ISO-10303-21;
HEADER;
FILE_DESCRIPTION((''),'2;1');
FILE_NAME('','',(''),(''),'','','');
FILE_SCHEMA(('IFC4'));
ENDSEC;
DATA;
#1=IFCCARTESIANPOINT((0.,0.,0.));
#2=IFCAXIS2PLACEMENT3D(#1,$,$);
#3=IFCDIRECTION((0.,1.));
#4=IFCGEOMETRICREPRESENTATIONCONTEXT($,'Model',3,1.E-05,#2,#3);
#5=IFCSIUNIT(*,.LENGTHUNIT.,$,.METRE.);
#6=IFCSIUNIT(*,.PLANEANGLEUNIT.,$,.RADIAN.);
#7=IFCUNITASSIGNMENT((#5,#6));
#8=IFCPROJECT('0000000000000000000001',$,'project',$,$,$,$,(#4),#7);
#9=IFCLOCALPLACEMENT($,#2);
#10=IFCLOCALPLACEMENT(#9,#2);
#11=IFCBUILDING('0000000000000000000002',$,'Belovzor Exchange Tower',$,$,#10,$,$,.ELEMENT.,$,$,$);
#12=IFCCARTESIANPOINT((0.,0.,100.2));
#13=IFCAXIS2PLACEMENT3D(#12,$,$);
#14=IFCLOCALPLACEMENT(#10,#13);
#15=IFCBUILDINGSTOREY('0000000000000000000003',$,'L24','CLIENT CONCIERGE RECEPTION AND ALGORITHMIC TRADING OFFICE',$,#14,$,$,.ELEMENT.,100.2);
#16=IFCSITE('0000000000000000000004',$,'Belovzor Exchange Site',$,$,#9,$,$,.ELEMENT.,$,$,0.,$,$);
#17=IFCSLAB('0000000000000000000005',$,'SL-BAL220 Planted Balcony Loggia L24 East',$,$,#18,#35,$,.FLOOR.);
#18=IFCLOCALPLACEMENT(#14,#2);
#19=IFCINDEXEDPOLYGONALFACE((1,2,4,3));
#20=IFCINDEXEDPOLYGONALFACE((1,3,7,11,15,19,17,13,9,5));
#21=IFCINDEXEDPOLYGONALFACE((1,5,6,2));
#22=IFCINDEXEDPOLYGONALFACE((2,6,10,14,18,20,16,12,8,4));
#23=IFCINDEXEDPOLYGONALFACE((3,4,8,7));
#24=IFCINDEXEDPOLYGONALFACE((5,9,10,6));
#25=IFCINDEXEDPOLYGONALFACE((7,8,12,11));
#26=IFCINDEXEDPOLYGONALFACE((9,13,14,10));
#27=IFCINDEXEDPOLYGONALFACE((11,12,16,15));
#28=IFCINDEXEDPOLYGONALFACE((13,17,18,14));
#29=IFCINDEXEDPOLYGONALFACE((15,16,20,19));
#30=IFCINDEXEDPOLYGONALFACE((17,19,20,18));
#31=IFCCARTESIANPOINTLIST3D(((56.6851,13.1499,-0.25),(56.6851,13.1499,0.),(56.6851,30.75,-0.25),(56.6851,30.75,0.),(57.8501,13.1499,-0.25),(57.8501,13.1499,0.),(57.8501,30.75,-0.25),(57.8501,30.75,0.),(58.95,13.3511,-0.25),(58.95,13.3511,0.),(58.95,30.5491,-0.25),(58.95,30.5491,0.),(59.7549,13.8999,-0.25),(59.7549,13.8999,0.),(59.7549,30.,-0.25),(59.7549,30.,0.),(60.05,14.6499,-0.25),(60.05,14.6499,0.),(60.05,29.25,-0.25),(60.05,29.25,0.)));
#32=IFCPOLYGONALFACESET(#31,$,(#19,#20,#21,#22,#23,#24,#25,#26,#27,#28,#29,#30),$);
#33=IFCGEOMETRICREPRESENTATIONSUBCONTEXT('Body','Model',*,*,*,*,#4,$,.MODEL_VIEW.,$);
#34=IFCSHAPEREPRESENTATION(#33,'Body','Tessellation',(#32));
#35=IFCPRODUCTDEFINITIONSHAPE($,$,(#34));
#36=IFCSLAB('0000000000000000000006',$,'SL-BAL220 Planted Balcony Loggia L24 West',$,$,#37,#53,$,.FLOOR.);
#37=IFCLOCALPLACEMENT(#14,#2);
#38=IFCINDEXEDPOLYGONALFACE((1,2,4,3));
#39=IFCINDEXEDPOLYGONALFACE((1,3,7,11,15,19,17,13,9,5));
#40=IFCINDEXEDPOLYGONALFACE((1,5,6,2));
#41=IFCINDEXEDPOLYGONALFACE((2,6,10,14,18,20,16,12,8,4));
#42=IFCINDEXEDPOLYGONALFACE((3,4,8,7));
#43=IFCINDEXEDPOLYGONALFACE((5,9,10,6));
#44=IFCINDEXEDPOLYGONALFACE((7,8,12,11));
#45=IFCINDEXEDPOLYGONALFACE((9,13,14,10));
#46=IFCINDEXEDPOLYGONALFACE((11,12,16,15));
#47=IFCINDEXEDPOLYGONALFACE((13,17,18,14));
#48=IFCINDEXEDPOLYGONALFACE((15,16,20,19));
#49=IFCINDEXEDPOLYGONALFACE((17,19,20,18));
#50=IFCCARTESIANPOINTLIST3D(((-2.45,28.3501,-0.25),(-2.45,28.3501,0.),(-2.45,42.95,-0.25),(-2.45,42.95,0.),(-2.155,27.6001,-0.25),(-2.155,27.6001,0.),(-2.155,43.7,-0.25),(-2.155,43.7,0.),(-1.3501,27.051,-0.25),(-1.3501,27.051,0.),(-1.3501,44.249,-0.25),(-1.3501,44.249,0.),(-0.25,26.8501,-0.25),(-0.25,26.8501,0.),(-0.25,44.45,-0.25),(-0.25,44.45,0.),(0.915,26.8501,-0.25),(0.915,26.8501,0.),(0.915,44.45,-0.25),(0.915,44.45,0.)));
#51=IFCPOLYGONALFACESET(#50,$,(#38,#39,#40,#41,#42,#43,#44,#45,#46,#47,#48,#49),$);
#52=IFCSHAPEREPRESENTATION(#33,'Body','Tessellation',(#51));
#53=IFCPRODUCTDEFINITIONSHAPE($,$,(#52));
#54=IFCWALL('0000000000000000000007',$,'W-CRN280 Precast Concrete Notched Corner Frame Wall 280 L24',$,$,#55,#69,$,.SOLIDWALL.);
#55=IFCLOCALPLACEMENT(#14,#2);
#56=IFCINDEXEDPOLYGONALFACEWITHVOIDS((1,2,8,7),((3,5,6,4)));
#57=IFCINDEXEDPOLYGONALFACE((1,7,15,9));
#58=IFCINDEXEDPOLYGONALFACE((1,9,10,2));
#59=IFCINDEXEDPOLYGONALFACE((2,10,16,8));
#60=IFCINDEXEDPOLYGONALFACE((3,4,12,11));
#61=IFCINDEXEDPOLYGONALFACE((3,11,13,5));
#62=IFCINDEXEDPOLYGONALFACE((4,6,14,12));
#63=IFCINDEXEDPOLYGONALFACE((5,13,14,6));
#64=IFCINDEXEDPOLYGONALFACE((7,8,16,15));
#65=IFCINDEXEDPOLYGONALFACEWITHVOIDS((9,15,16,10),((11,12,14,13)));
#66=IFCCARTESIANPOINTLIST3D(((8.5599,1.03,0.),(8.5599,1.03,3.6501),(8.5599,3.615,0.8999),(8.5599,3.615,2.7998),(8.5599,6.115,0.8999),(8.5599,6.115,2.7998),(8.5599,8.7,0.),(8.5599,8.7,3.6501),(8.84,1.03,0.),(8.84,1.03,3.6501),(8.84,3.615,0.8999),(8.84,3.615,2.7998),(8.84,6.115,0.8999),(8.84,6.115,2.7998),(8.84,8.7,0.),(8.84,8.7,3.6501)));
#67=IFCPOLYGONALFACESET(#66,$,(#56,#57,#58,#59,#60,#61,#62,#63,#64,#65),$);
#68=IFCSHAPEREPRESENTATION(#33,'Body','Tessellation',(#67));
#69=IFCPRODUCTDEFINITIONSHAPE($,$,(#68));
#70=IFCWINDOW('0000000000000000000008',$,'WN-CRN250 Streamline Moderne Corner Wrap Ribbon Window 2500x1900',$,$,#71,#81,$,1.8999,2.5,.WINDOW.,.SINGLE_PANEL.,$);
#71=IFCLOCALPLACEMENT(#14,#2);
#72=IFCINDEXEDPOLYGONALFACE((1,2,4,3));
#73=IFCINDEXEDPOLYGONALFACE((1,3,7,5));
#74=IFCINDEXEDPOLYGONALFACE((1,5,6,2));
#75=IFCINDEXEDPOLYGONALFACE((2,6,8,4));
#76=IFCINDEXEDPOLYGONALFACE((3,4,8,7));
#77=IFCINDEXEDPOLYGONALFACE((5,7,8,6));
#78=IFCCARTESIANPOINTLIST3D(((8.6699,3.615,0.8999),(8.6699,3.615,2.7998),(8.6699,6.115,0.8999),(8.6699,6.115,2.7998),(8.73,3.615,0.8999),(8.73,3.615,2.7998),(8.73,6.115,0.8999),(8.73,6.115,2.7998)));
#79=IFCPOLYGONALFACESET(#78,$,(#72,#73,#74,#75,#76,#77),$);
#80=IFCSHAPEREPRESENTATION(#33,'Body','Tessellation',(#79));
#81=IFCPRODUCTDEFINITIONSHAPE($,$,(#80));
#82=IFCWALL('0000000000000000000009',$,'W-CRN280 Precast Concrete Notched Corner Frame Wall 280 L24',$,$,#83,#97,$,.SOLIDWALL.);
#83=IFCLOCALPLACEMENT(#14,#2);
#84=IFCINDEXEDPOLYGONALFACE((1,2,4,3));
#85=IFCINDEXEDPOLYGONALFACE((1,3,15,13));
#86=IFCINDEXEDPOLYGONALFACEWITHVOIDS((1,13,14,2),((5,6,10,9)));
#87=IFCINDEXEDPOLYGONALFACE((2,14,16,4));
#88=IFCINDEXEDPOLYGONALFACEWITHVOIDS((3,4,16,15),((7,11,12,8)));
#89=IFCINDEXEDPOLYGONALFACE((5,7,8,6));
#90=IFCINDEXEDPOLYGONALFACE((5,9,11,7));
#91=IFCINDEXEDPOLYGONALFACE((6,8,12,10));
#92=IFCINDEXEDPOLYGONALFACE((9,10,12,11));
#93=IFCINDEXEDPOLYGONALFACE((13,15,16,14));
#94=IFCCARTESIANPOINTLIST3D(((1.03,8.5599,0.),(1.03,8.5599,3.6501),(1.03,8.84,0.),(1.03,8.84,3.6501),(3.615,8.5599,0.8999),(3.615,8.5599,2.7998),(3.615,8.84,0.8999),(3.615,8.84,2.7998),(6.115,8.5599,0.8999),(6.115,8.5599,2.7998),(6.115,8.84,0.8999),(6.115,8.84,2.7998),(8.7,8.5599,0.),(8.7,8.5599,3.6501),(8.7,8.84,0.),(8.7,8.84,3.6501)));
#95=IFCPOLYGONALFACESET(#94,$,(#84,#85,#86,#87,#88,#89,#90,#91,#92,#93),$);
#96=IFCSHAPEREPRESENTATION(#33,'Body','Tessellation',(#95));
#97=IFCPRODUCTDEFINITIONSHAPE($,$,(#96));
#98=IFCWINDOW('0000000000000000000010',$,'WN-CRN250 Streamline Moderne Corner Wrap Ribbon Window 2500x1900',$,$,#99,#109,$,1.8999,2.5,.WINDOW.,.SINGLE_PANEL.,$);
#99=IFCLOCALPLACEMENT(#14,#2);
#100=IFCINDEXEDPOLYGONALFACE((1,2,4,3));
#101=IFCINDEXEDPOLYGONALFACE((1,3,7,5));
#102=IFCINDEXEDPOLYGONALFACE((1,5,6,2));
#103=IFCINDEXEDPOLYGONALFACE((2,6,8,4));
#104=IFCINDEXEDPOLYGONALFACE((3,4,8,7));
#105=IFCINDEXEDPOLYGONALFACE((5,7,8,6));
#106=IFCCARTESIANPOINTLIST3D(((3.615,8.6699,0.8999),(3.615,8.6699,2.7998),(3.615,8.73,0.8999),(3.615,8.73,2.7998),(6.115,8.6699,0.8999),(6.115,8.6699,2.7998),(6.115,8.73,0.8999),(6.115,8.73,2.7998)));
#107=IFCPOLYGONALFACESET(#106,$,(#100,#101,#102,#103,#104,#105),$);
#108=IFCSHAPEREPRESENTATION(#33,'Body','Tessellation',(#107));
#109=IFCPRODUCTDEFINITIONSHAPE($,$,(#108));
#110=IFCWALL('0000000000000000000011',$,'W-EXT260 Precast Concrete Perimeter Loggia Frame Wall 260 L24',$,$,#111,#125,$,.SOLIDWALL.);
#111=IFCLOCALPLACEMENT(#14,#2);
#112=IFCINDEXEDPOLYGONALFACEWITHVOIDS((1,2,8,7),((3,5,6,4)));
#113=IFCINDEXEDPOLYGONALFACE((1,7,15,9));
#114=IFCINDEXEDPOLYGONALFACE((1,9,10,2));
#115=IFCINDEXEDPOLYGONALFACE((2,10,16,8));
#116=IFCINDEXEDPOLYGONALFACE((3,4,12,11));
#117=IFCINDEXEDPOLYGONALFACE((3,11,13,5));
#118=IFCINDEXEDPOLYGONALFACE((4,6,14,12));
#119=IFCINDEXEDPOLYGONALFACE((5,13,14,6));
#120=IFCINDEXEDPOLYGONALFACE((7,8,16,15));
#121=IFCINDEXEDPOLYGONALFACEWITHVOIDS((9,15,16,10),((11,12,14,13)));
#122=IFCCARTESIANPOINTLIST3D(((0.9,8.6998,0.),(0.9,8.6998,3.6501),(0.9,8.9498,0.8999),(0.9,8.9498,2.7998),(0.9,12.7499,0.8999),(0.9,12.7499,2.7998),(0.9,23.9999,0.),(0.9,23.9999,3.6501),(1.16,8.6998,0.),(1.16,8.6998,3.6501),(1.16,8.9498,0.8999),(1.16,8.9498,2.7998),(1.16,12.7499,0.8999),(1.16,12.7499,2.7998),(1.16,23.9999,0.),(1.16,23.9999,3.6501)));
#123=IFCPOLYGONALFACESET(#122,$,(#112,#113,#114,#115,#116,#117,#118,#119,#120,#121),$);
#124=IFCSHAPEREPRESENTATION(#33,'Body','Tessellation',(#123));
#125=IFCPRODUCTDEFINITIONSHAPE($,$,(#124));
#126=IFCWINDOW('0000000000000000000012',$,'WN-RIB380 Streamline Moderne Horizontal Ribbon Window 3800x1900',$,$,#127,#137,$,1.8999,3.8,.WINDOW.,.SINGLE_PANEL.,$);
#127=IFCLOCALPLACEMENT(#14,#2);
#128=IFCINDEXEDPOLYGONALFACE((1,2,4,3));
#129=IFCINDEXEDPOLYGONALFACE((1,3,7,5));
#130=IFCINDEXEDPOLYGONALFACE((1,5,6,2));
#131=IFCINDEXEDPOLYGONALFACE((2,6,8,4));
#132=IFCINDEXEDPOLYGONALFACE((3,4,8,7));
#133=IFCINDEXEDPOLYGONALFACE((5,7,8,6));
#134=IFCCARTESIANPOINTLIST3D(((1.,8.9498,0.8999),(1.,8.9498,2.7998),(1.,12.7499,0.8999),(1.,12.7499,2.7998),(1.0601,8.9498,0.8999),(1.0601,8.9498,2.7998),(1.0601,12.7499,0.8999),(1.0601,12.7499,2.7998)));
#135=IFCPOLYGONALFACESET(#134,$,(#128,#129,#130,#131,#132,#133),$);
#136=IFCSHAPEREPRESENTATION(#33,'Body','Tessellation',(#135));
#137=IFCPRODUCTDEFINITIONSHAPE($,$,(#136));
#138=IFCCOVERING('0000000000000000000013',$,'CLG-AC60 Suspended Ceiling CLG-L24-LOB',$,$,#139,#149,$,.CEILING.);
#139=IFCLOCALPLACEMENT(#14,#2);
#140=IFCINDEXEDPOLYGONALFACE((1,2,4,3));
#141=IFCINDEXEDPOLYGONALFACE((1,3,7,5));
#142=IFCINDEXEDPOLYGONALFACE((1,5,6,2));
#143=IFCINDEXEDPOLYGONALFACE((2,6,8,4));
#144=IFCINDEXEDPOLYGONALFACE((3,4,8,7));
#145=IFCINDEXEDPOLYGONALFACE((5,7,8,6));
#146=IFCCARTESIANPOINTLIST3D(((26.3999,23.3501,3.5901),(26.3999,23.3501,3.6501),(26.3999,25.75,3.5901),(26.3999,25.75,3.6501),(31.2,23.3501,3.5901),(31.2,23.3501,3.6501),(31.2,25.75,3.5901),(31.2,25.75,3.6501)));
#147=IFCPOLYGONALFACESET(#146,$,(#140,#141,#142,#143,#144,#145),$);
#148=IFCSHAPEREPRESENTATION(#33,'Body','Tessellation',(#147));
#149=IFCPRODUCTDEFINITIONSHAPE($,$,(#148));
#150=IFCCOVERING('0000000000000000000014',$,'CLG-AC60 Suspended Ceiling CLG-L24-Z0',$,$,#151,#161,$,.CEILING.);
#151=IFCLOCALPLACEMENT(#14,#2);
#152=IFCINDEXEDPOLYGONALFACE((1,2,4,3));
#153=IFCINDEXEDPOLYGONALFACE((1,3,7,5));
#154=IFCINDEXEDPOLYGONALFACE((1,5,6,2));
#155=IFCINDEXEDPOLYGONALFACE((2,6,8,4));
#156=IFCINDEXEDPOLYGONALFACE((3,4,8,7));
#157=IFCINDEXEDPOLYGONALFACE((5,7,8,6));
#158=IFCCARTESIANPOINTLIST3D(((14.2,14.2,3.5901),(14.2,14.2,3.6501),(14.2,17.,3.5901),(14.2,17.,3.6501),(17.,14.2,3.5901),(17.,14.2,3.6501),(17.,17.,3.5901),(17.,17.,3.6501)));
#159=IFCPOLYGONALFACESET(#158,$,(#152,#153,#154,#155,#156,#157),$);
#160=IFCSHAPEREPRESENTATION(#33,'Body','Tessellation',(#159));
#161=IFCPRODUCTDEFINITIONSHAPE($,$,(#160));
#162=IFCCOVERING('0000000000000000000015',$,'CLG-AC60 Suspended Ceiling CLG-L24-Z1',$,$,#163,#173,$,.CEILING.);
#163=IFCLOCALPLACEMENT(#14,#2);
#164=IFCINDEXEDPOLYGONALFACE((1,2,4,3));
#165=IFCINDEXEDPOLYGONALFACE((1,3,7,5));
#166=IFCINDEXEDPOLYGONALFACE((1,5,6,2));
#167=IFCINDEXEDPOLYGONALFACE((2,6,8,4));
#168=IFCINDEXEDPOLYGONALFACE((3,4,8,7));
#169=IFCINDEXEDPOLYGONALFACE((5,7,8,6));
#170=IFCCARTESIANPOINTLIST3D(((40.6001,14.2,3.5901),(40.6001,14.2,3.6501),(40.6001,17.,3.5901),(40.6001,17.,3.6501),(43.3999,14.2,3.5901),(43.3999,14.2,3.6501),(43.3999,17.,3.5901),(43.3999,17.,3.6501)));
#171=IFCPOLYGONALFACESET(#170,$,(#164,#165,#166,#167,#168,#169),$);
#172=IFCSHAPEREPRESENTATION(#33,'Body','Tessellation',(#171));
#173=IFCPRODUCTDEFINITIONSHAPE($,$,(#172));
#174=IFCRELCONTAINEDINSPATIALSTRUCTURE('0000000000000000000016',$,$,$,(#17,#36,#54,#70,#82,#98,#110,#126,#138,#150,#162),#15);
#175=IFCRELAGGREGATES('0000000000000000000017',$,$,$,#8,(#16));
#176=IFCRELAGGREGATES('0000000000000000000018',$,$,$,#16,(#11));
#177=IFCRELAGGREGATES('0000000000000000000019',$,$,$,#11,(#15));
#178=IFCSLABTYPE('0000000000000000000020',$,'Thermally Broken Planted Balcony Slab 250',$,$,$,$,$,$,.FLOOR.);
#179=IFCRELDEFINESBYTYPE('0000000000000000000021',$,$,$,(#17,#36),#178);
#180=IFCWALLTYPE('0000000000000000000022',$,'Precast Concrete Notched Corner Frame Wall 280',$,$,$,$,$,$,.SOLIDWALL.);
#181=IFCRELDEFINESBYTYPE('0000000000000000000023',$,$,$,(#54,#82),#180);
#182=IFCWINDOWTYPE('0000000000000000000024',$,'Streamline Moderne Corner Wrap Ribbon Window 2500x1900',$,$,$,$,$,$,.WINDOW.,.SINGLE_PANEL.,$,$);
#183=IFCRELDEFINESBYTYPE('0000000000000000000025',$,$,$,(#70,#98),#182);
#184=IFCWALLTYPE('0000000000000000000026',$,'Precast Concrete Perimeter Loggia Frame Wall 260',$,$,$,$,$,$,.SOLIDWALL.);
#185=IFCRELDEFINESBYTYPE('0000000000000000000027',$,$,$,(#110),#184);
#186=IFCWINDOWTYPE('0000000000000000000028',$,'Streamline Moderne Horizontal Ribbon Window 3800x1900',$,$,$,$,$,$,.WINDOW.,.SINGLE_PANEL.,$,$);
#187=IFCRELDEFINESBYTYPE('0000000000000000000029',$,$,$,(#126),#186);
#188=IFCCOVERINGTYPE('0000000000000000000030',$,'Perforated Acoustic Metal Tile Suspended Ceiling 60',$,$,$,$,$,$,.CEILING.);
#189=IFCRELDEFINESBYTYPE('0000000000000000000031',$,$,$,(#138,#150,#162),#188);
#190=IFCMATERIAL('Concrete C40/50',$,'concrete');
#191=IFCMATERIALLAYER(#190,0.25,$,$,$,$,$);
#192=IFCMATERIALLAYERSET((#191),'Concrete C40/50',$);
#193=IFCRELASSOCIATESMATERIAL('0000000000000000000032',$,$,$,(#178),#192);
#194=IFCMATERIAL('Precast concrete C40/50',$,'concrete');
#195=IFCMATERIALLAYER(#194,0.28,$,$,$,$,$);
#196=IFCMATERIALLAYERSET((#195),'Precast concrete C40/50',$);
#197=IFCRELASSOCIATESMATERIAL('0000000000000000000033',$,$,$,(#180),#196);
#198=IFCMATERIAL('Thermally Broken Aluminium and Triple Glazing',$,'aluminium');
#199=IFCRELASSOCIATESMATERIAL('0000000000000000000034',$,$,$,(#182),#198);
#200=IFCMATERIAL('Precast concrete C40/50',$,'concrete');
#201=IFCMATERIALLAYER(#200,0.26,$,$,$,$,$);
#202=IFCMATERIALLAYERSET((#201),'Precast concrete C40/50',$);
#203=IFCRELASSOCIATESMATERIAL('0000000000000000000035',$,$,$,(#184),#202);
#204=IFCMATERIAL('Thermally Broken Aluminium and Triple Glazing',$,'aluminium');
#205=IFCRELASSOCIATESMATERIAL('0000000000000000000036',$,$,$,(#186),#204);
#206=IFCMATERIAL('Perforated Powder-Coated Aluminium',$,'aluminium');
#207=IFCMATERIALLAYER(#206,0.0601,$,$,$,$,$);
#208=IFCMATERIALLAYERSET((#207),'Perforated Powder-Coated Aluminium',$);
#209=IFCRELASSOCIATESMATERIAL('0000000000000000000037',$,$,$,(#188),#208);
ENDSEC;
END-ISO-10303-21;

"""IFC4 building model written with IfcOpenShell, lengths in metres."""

from ifc_helpers import new_model, si_unit, direction, frame, frame_2d, origin, place, context, subcontext, project, spatial, polyline, rectangle, outline, extrude, material, layer, layer_set, type_object, element, fill, save


model = new_model("IFC4")

# Units and contexts
model_context = context("Model", 3, precision=1e-05, world=origin(), true_north=direction((0.0, 1.0)))
body_context = subcontext(model_context, "Body", "Model", "MODEL_VIEW")
ifc_project = project(units=[si_unit("LENGTHUNIT", "METRE"), si_unit("PLANEANGLEUNIT", "RADIAN")], contexts=[model_context])

# Site, building, storey
site_placement = place(None, origin())
site = spatial("IfcSite", under=ifc_project, at=site_placement, Name="Belovzor Exchange Site", CompositionType="ELEMENT", RefElevation=0.0)
building_placement = place(site_placement, origin())
building = spatial("IfcBuilding", under=site, at=building_placement, Name="Belovzor Exchange Tower", CompositionType="ELEMENT")
storey_placement = place(building_placement, frame((0.0, 0.0, 100.2)))
storey = spatial("IfcBuildingStorey", under=building, at=storey_placement, Name="L24", Description="CLIENT CONCIERGE RECEPTION AND ALGORITHMIC TRADING OFFICE", CompositionType="ELEMENT", Elevation=100.2)

# Slabs
ifc_material_1 = material(Name="Concrete C40/50", Category="concrete")
ifc_layer_1 = layer(ifc_material_1, 0.25)
ifc_layer_set_1 = layer_set([ifc_layer_1], Name="Concrete C40/50")
slab_type_1 = type_object("IfcSlabType", Name="Thermally Broken Planted Balcony Slab 250", PredefinedType="FLOOR", material=ifc_layer_set_1)
slab_1_placement = place(storey_placement, frame((0.0, 0.0, -0.25)))
element("IfcSlab", 1, at=slab_1_placement, inside=storey, type_object=slab_type_1, Name="SL-BAL220 Planted Balcony Loggia L24 East", PredefinedType="FLOOR", context=body_context, shape_type="SweptSolid", body=[
    extrude(outline(polyline([(56.6851, 13.1499), (57.8501, 13.1499), (58.95, 13.3511), (59.7549, 13.8999), (60.05, 14.6499), (60.05, 29.25), (59.7549, 30.0), (58.95, 30.5491), (57.8501, 30.75), (56.6851, 30.75), (56.6851, 13.1499)])), origin(), (0.0, 0.0, 1.0), 0.25),
])
slab_2_placement = place(storey_placement, frame((0.0, 0.0, -0.25)))
element("IfcSlab", 2, at=slab_2_placement, inside=storey, type_object=slab_type_1, Name="SL-BAL220 Planted Balcony Loggia L24 West", PredefinedType="FLOOR", context=body_context, shape_type="SweptSolid", body=[
    extrude(outline(polyline([(0.915, 44.45), (-0.25, 44.45), (-1.3501, 44.249), (-2.155, 43.7), (-2.45, 42.95), (-2.45, 28.3501), (-2.155, 27.6001), (-1.3501, 27.051), (-0.25, 26.8501), (0.915, 26.8501), (0.915, 44.45)])), origin(), (0.0, 0.0, 1.0), 0.25),
])

# Walls, openings, windows
ifc_material_2 = material(Name="Precast concrete C40/50", Category="concrete")
ifc_layer_2 = layer(ifc_material_2, 0.28)
ifc_layer_set_2 = layer_set([ifc_layer_2], Name="Precast concrete C40/50")
wall_type_1 = type_object("IfcWallType", Name="Precast Concrete Notched Corner Frame Wall 280", PredefinedType="SOLIDWALL", material=ifc_layer_set_2)
wall_1_placement = place(storey_placement, frame((8.7, 1.03, 0.0), z_axis=(0.0, 0.0, 1.0), x_axis=(0.0, 1.0, 0.0)))
wall_1 = element("IfcWall", 3, at=wall_1_placement, inside=storey, type_object=wall_type_1, Name="W-CRN280 Precast Concrete Notched Corner Frame Wall 280 L24", PredefinedType="SOLIDWALL", context=body_context, shape_type="SweptSolid", body=[
    extrude(rectangle(XDim=7.6699, YDim=0.28, at=frame_2d((3.835, 0.0))), origin(), (0.0, 0.0, 1.0), 3.6501),
])
opening_1_placement = place(wall_1_placement, frame((2.585, 0.0, 0.8999)))
opening_1 = element("IfcOpeningElement", 4, at=opening_1_placement, cuts=wall_1, PredefinedType="OPENING", context=body_context, shape_type="SweptSolid", body=[
    extrude(rectangle(XDim=2.5, YDim=1.8999, at=frame_2d((1.25, 0.95))), frame((0.0, 0.1499, 0.0), z_axis=(0.0, -1.0, 0.0), x_axis=(1.0, 0.0, 0.0)), (0.0, 0.0, 1.0), 0.3),
])
ifc_material_3 = material(Name="Thermally Broken Aluminium and Triple Glazing", Category="aluminium")
window_type_1 = type_object("IfcWindowType", Name="Streamline Moderne Corner Wrap Ribbon Window 2500x1900", PartitioningType="SINGLE_PANEL", PredefinedType="WINDOW", material=ifc_material_3)
window_1_placement = place(opening_1_placement, origin())
window_1 = element("IfcWindow", 5, at=window_1_placement, inside=storey, type_object=window_type_1, Name="WN-CRN250 Streamline Moderne Corner Wrap Ribbon Window 2500x1900", OverallHeight=1.8999, OverallWidth=2.5, PartitioningType="SINGLE_PANEL", PredefinedType="WINDOW", context=body_context, shape_type="SweptSolid", body=[
    extrude(rectangle(XDim=2.5, YDim=1.8999, at=frame_2d((1.25, 0.95))), frame((0.0, 0.03, 0.0), z_axis=(0.0, -1.0, 0.0), x_axis=(1.0, 0.0, 0.0)), (0.0, 0.0, 1.0), 0.0601),
])
fill(opening_1, window_1)
wall_2_placement = place(storey_placement, frame((8.7, 8.7, 0.0), z_axis=(0.0, 0.0, 1.0), x_axis=(-1.0, 0.0, 0.0)))
wall_2 = element("IfcWall", 6, at=wall_2_placement, inside=storey, type_object=wall_type_1, Name="W-CRN280 Precast Concrete Notched Corner Frame Wall 280 L24", PredefinedType="SOLIDWALL", context=body_context, shape_type="SweptSolid", body=[
    extrude(rectangle(XDim=7.6699, YDim=0.28, at=frame_2d((3.835, 0.0))), origin(), (0.0, 0.0, 1.0), 3.6501),
])
opening_2_placement = place(wall_2_placement, frame((2.585, 0.0, 0.8999)))
opening_2 = element("IfcOpeningElement", 7, at=opening_2_placement, cuts=wall_2, PredefinedType="OPENING", context=body_context, shape_type="SweptSolid", body=[
    extrude(rectangle(XDim=2.5, YDim=1.8999, at=frame_2d((1.25, 0.95))), frame((0.0, 0.1499, 0.0), z_axis=(0.0, -1.0, 0.0), x_axis=(1.0, 0.0, 0.0)), (0.0, 0.0, 1.0), 0.3),
])
window_2_placement = place(opening_2_placement, origin())
window_2 = element("IfcWindow", 8, at=window_2_placement, inside=storey, type_object=window_type_1, Name="WN-CRN250 Streamline Moderne Corner Wrap Ribbon Window 2500x1900", OverallHeight=1.8999, OverallWidth=2.5, PartitioningType="SINGLE_PANEL", PredefinedType="WINDOW", context=body_context, shape_type="SweptSolid", body=[
    extrude(rectangle(XDim=2.5, YDim=1.8999, at=frame_2d((1.25, 0.95))), frame((0.0, 0.03, 0.0), z_axis=(0.0, -1.0, 0.0), x_axis=(1.0, 0.0, 0.0)), (0.0, 0.0, 1.0), 0.0601),
])
fill(opening_2, window_2)
ifc_material_4 = material(Name="Precast concrete C40/50", Category="concrete")
ifc_layer_3 = layer(ifc_material_4, 0.26)
ifc_layer_set_3 = layer_set([ifc_layer_3], Name="Precast concrete C40/50")
wall_type_2 = type_object("IfcWallType", Name="Precast Concrete Perimeter Loggia Frame Wall 260", PredefinedType="SOLIDWALL", material=ifc_layer_set_3)
wall_3_placement = place(storey_placement, frame((1.03, 8.7, 0.0), z_axis=(0.0, 0.0, 1.0), x_axis=(0.0, 1.0, 0.0)))
wall_3 = element("IfcWall", 9, at=wall_3_placement, inside=storey, type_object=wall_type_2, Name="W-EXT260 Precast Concrete Perimeter Loggia Frame Wall 260 L24", PredefinedType="SOLIDWALL", context=body_context, shape_type="SweptSolid", body=[
    extrude(rectangle(XDim=15.3, YDim=0.26, at=frame_2d((7.6499, 0.0))), origin(), (0.0, 0.0, 1.0), 3.6501),
])
opening_3_placement = place(wall_3_placement, frame((0.25, 0.0, 0.8999)))
opening_3 = element("IfcOpeningElement", 10, at=opening_3_placement, cuts=wall_3, PredefinedType="OPENING", context=body_context, shape_type="SweptSolid", body=[
    extrude(rectangle(XDim=3.8, YDim=1.8999, at=frame_2d((1.8999, 0.95))), frame((0.0, 0.1399, 0.0), z_axis=(0.0, -1.0, 0.0), x_axis=(1.0, 0.0, 0.0)), (0.0, 0.0, 1.0), 0.28),
])
ifc_material_5 = material(Name="Thermally Broken Aluminium and Triple Glazing", Category="aluminium")
window_type_2 = type_object("IfcWindowType", Name="Streamline Moderne Horizontal Ribbon Window 3800x1900", PartitioningType="SINGLE_PANEL", PredefinedType="WINDOW", material=ifc_material_5)
window_3_placement = place(opening_3_placement, origin())
window_3 = element("IfcWindow", 11, at=window_3_placement, inside=storey, type_object=window_type_2, Name="WN-RIB380 Streamline Moderne Horizontal Ribbon Window 3800x1900", OverallHeight=1.8999, OverallWidth=3.8, PartitioningType="SINGLE_PANEL", PredefinedType="WINDOW", context=body_context, shape_type="SweptSolid", body=[
    extrude(rectangle(XDim=3.8, YDim=1.8999, at=frame_2d((1.8999, 0.95))), frame((0.0, 0.03, 0.0), z_axis=(0.0, -1.0, 0.0), x_axis=(1.0, 0.0, 0.0)), (0.0, 0.0, 1.0), 0.0601),
])
fill(opening_3, window_3)

# Coverings
ifc_material_6 = material(Name="Perforated Powder-Coated Aluminium", Category="aluminium")
ifc_layer_4 = layer(ifc_material_6, 0.0601)
ifc_layer_set_4 = layer_set([ifc_layer_4], Name="Perforated Powder-Coated Aluminium")
covering_type_1 = type_object("IfcCoveringType", Name="Perforated Acoustic Metal Tile Suspended Ceiling 60", PredefinedType="CEILING", material=ifc_layer_set_4)
covering_1_placement = place(storey_placement, frame((0.0, 0.0, 3.5901)))
element("IfcCovering", 12, at=covering_1_placement, inside=storey, type_object=covering_type_1, Name="CLG-AC60 Suspended Ceiling CLG-L24-LOB", PredefinedType="CEILING", context=body_context, shape_type="SweptSolid", body=[
    extrude(outline(polyline([(26.3999, 23.3501), (31.2, 23.3501), (31.2, 25.75), (26.3999, 25.75), (26.3999, 23.3501)])), origin(), (0.0, 0.0, 1.0), 0.0601),
])
covering_2_placement = place(storey_placement, frame((0.0, 0.0, 3.5901)))
element("IfcCovering", 13, at=covering_2_placement, inside=storey, type_object=covering_type_1, Name="CLG-AC60 Suspended Ceiling CLG-L24-Z0", PredefinedType="CEILING", context=body_context, shape_type="SweptSolid", body=[
    extrude(outline(polyline([(14.2, 14.2), (17.0, 14.2), (17.0, 17.0), (14.2, 17.0), (14.2, 14.2)])), origin(), (0.0, 0.0, 1.0), 0.0601),
])
covering_3_placement = place(storey_placement, frame((0.0, 0.0, 3.5901)))
element("IfcCovering", 14, at=covering_3_placement, inside=storey, type_object=covering_type_1, Name="CLG-AC60 Suspended Ceiling CLG-L24-Z1", PredefinedType="CEILING", context=body_context, shape_type="SweptSolid", body=[
    extrude(outline(polyline([(40.6001, 14.2), (43.3999, 14.2), (43.3999, 17.0), (40.6001, 17.0), (40.6001, 14.2)])), origin(), (0.0, 0.0, 1.0), 0.0601),
])

save(model, "model.ifc")
